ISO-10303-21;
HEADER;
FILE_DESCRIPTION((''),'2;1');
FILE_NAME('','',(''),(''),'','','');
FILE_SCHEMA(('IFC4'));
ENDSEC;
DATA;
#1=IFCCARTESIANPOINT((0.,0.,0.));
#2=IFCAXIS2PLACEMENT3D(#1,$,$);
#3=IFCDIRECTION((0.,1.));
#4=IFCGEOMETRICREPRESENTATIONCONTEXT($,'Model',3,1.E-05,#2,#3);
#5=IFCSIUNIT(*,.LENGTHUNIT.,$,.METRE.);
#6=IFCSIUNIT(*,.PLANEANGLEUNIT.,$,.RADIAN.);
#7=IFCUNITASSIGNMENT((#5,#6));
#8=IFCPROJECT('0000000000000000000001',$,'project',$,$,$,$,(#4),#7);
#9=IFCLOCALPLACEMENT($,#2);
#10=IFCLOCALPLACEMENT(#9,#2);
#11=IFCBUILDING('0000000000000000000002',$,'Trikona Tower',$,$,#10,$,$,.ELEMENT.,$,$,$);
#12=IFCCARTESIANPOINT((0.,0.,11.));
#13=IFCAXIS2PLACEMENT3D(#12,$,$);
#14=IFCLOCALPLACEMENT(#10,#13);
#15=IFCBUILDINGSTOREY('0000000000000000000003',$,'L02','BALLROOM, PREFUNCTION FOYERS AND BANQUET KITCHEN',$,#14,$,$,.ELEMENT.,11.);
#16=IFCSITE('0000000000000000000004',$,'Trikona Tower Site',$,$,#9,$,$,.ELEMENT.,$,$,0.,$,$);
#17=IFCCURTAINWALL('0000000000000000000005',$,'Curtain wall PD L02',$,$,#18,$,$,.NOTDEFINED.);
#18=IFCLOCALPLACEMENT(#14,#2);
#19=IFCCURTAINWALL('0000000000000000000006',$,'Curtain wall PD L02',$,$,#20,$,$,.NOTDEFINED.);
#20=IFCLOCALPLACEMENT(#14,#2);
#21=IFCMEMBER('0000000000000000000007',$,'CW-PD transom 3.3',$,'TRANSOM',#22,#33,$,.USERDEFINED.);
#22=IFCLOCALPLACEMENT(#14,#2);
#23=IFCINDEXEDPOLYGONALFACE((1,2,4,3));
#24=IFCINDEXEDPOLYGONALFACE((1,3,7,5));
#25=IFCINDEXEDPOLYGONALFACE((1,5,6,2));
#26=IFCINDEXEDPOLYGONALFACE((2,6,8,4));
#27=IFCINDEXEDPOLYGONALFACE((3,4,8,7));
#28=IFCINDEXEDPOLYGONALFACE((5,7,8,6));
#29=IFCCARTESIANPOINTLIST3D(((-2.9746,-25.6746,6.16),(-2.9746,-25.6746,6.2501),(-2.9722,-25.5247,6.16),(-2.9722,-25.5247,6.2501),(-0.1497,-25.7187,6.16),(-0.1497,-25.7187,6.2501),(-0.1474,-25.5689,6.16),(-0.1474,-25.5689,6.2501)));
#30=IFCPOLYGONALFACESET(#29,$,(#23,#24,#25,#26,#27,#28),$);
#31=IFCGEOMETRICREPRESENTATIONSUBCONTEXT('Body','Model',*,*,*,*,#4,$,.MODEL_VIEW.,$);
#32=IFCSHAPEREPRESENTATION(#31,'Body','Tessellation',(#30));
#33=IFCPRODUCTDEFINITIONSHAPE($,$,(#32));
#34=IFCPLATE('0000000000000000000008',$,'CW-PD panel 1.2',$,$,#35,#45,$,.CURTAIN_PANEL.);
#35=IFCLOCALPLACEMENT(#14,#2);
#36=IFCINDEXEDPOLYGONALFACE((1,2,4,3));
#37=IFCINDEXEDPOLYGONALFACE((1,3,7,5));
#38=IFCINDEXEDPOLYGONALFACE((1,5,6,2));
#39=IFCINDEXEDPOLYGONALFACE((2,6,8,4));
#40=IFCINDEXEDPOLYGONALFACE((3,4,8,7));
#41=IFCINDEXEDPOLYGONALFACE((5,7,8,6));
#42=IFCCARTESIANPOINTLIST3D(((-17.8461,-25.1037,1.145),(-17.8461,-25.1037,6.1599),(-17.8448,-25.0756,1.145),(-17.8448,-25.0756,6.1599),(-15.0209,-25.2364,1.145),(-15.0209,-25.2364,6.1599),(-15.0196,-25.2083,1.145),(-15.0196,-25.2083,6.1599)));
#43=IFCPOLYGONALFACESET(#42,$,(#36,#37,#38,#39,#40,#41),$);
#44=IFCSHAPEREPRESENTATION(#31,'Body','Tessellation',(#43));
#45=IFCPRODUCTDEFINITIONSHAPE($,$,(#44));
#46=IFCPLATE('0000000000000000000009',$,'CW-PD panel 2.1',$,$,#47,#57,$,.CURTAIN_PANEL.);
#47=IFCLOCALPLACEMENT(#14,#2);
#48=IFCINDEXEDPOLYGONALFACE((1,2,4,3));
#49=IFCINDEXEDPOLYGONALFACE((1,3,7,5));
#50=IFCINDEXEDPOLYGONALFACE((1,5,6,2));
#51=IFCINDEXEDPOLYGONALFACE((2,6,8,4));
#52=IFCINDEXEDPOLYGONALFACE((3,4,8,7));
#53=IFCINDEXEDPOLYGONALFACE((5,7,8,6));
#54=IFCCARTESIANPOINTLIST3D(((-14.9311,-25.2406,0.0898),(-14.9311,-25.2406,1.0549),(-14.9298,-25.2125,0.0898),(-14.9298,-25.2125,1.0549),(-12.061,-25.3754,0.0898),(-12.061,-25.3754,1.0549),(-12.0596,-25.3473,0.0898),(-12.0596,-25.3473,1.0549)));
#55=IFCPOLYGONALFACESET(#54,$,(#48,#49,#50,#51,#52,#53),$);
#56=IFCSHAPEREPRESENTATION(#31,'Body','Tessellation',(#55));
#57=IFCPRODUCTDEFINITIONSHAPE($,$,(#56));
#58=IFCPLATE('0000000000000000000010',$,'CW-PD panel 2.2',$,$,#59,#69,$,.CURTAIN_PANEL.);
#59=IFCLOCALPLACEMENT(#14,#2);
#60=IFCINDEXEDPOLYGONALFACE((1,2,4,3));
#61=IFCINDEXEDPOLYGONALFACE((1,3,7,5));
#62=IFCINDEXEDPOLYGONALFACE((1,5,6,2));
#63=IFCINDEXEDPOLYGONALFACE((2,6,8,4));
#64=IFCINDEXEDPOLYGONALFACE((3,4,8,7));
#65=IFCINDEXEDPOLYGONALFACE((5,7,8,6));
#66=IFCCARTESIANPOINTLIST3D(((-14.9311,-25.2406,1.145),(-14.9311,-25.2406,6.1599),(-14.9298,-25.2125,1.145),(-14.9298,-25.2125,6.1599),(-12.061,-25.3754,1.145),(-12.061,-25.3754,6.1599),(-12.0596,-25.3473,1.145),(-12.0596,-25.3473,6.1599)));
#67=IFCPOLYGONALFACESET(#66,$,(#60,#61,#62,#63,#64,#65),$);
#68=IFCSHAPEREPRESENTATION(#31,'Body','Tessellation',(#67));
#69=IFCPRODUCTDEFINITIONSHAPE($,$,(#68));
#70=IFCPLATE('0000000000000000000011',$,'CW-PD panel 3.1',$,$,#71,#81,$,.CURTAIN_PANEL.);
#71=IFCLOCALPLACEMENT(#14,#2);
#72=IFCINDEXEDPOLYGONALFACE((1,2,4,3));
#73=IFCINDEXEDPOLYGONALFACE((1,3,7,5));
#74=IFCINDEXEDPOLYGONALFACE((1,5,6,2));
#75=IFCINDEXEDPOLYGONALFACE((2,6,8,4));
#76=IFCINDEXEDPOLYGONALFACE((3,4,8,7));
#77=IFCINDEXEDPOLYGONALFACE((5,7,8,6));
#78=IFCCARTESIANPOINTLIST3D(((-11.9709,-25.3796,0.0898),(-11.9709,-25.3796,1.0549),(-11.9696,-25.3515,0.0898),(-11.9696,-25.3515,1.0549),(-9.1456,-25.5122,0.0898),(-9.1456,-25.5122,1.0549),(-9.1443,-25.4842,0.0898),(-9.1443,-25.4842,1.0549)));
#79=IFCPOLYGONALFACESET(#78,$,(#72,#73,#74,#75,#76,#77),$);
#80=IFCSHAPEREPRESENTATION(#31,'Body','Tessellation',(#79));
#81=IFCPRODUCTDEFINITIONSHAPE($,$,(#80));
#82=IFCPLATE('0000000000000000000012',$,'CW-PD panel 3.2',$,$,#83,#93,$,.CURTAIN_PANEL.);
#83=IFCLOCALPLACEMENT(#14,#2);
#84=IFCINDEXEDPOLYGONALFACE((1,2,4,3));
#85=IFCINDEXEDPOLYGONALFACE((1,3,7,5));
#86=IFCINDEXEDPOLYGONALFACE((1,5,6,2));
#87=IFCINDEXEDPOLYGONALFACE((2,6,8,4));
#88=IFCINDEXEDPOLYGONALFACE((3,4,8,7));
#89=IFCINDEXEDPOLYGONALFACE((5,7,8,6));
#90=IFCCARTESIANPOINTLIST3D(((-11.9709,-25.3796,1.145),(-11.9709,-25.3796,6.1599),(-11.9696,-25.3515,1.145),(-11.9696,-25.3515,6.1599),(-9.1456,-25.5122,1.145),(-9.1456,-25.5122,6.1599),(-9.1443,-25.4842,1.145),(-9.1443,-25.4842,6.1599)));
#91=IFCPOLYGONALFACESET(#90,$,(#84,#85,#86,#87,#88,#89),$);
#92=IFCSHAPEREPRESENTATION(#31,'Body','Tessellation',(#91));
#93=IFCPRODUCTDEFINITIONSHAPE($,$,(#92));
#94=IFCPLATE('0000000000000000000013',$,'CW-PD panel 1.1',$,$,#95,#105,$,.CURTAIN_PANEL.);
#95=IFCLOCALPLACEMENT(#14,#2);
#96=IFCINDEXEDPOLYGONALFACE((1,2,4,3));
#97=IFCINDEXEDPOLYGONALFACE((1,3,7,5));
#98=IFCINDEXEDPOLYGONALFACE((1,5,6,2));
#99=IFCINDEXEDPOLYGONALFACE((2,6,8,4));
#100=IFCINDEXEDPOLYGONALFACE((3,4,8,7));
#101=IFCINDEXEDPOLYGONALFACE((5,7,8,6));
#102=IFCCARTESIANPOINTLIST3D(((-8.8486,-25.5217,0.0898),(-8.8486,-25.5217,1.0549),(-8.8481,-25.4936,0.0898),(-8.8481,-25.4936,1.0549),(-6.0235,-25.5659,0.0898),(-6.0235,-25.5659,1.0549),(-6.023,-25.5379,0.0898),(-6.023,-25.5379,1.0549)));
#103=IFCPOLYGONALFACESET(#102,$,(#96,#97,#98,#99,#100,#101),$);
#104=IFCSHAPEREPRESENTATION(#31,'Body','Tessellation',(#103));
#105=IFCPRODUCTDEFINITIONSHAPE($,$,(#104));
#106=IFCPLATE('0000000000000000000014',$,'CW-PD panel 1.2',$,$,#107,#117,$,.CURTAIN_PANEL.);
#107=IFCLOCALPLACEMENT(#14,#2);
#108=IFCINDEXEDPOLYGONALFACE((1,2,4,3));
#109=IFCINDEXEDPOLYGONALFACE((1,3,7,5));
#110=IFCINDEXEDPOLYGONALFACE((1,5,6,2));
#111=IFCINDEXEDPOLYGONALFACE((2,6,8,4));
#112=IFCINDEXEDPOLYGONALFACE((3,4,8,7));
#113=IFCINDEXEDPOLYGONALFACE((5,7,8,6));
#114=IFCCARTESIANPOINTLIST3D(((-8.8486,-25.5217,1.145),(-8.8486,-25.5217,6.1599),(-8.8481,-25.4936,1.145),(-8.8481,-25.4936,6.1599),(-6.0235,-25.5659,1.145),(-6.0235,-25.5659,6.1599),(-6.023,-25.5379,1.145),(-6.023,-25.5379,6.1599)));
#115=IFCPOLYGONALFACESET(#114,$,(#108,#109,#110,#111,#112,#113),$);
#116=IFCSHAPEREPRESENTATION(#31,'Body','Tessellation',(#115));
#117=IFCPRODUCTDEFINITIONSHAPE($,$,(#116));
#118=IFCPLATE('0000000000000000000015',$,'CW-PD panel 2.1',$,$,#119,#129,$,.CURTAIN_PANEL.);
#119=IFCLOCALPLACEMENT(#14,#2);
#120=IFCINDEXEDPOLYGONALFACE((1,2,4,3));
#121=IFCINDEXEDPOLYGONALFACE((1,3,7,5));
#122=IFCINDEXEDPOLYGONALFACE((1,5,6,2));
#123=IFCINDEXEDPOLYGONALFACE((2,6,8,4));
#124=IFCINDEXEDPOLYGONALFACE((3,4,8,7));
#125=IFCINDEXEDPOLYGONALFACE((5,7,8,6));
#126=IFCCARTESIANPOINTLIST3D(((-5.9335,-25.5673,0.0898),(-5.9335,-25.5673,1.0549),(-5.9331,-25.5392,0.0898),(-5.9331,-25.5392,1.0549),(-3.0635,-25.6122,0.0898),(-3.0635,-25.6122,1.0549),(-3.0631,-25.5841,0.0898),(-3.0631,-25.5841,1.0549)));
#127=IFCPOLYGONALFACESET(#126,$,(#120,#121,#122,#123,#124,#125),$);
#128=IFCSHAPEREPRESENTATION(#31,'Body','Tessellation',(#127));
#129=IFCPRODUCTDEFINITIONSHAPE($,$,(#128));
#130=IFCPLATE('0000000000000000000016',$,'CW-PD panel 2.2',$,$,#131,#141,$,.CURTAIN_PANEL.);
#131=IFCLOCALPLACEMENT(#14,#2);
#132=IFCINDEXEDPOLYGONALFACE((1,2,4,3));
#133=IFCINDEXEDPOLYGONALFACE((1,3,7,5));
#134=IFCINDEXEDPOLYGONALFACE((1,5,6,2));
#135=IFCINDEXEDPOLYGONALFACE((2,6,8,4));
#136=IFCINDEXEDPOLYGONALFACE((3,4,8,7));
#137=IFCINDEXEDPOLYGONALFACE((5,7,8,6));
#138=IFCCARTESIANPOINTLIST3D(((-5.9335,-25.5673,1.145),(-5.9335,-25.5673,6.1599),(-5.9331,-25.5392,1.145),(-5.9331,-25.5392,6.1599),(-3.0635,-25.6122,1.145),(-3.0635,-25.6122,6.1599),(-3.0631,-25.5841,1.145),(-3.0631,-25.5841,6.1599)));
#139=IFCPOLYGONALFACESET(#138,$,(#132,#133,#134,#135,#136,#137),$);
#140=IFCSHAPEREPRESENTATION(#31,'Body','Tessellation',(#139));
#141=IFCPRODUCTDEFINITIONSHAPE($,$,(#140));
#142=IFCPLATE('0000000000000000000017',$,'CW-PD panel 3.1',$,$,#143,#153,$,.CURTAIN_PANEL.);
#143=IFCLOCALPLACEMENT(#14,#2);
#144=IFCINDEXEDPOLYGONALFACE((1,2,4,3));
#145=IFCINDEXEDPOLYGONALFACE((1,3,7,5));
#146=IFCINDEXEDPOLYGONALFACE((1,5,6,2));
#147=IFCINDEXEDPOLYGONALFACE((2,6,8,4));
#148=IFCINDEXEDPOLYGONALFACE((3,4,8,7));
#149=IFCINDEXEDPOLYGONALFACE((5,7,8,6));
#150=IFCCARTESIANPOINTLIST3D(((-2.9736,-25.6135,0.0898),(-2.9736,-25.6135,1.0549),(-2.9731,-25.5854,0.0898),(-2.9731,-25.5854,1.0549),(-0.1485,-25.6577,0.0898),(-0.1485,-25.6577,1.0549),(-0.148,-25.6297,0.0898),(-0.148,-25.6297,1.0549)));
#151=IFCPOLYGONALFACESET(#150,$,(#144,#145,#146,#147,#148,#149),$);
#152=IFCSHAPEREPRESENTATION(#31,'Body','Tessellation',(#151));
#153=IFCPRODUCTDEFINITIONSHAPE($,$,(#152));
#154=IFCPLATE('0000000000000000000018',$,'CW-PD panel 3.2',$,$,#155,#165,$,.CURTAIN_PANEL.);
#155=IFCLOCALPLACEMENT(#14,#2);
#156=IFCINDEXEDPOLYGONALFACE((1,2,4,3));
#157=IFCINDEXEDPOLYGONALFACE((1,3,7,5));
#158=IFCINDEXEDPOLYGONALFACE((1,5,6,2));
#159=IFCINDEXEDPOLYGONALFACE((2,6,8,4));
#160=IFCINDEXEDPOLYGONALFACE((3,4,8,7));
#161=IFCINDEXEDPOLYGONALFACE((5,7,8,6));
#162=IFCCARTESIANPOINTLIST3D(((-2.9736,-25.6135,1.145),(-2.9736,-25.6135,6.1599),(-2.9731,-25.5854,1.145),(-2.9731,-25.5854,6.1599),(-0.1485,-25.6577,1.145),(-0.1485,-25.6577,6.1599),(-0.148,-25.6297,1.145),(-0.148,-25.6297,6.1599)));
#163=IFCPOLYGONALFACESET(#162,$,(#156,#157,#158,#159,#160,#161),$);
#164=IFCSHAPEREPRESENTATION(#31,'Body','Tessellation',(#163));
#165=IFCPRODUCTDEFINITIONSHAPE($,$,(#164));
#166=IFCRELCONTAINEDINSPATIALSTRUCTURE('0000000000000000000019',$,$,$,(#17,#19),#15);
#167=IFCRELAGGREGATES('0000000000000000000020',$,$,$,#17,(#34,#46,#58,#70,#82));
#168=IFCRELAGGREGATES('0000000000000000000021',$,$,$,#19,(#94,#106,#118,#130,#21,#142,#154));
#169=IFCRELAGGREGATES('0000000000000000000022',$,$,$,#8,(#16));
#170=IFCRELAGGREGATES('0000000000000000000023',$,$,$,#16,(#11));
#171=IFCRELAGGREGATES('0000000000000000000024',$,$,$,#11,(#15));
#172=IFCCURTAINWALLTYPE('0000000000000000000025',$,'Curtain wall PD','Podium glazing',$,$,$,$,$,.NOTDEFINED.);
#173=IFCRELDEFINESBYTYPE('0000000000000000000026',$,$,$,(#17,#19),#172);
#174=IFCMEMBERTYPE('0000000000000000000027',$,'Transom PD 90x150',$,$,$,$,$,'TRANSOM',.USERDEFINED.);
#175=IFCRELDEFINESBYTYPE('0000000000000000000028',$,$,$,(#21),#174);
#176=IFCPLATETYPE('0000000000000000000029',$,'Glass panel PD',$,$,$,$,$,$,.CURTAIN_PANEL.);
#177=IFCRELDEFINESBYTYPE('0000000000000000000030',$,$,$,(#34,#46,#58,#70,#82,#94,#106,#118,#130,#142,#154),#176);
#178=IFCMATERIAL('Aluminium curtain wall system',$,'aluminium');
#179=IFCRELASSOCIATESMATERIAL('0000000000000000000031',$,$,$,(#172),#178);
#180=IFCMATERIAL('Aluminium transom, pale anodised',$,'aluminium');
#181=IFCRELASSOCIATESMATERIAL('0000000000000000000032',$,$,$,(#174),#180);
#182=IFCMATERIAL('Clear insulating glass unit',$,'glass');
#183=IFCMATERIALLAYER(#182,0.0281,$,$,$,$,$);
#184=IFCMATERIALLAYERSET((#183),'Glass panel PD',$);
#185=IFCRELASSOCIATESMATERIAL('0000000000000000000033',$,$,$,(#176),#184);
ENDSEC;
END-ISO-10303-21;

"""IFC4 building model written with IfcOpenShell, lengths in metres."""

from ifc_helpers import new_model, si_unit, direction, frame, origin, origin_2d, place, context, subcontext, project, spatial, rectangle, extrude, material, layer, layer_set, material_profile, profile_set, type_object, element, aggregate, save


model = new_model("IFC4")

# Units and contexts
model_context = context("Model", 3, precision=1e-05, world=origin(), true_north=direction((0.0, 1.0)))
body_context = subcontext(model_context, "Body", "Model", "MODEL_VIEW")
ifc_project = project(units=[si_unit("LENGTHUNIT", "METRE"), si_unit("PLANEANGLEUNIT", "RADIAN")], contexts=[model_context])

# Site, building, storey
site_placement = place(None, origin())
site = spatial("IfcSite", under=ifc_project, at=site_placement, Name="Trikona Tower Site", CompositionType="ELEMENT", RefElevation=0.0)
building_placement = place(site_placement, origin())
building = spatial("IfcBuilding", under=site, at=building_placement, Name="Trikona Tower", CompositionType="ELEMENT")
storey_placement = place(building_placement, frame((0.0, 0.0, 11.0)))
storey = spatial("IfcBuildingStorey", under=building, at=storey_placement, Name="L02", Description="BALLROOM, PREFUNCTION FOYERS AND BANQUET KITCHEN", CompositionType="ELEMENT", Elevation=11.0)

# Curtain walls
ifc_material_1 = material(Name="Aluminium curtain wall system", Category="aluminium")
curtain_wall_type = type_object("IfcCurtainWallType", Name="Curtain wall PD", Description="Podium glazing", PredefinedType="NOTDEFINED", material=ifc_material_1)
curtain_wall_1_placement = place(storey_placement, origin())
curtain_wall_1 = element("IfcCurtainWall", 1, at=curtain_wall_1_placement, inside=storey, type_object=curtain_wall_type, Name="Curtain wall PD L02", PredefinedType="NOTDEFINED")
curtain_wall_2_placement = place(storey_placement, origin())
curtain_wall_2 = element("IfcCurtainWall", 2, at=curtain_wall_2_placement, inside=storey, type_object=curtain_wall_type, Name="Curtain wall PD L02", PredefinedType="NOTDEFINED")

# Member
ifc_material_2 = material(Name="Aluminium transom, pale anodised", Category="aluminium")
ifc_material_profile_1 = material_profile(ifc_material_2, rectangle(XDim=0.1499, YDim=0.0901, at=origin_2d()), Name="TRN-PD")
ifc_profile_set_1 = profile_set([ifc_material_profile_1], Name="Aluminium transom, pale anodised")
member_type_1 = type_object("IfcMemberType", Name="Transom PD 90x150", ElementType="TRANSOM", PredefinedType="USERDEFINED", material=ifc_profile_set_1)
member_1_placement = place(storey_placement, frame((-2.9734, -25.5996, 6.2051), z_axis=(0.999878, -0.015641, 0.0), x_axis=(0.015641, 0.999878, 0.0)))
member_1 = element("IfcMember", 3, at=member_1_placement, type_object=member_type_1, Name="CW-PD transom 3.3", ObjectType="TRANSOM", PredefinedType="USERDEFINED", context=body_context, shape_type="SweptSolid", body=[
    extrude(rectangle(XDim=0.1499, YDim=0.0901, at=origin_2d()), origin(), (0.0, 0.0, 1.0), 2.8252),
])

# Plates
ifc_material_3 = material(Name="Clear insulating glass unit", Category="glass")
ifc_layer = layer(ifc_material_3, 0.0281)
ifc_layer_set = layer_set([ifc_layer], Name="Glass panel PD")
plate_type = type_object("IfcPlateType", Name="Glass panel PD", PredefinedType="CURTAIN_PANEL", material=ifc_layer_set)
plate_1_placement = place(storey_placement, frame((-16.4329, -25.156, 1.145), z_axis=(0.0, 0.0, 1.0), x_axis=(0.998899, -0.046907, 0.0)))
plate_1 = element("IfcPlate", 4, at=plate_1_placement, type_object=plate_type, Name="CW-PD panel 1.2", PredefinedType="CURTAIN_PANEL", context=body_context, shape_type="SweptSolid", body=[
    extrude(rectangle(XDim=2.8284, YDim=0.0281, at=origin_2d()), origin(), (0.0, 0.0, 1.0), 5.0149),
])
plate_2_placement = place(storey_placement, frame((-13.4954, -25.2939, 0.0898), z_axis=(0.0, 0.0, 1.0), x_axis=(0.998899, -0.046907, 0.0)))
plate_2 = element("IfcPlate", 5, at=plate_2_placement, type_object=plate_type, Name="CW-PD panel 2.1", PredefinedType="CURTAIN_PANEL", context=body_context, shape_type="SweptSolid", body=[
    extrude(rectangle(XDim=2.8733, YDim=0.0281, at=origin_2d()), origin(), (0.0, 0.0, 1.0), 0.9651),
])
plate_3_placement = place(storey_placement, frame((-13.4954, -25.2939, 1.145), z_axis=(0.0, 0.0, 1.0), x_axis=(0.998899, -0.046907, 0.0)))
plate_3 = element("IfcPlate", 6, at=plate_3_placement, type_object=plate_type, Name="CW-PD panel 2.2", PredefinedType="CURTAIN_PANEL", context=body_context, shape_type="SweptSolid", body=[
    extrude(rectangle(XDim=2.8733, YDim=0.0281, at=origin_2d()), origin(), (0.0, 0.0, 1.0), 5.0149),
])
plate_4_placement = place(storey_placement, frame((-10.5576, -25.4319, 0.0898), z_axis=(0.0, 0.0, 1.0), x_axis=(0.998899, -0.046907, 0.0)))
plate_4 = element("IfcPlate", 7, at=plate_4_placement, type_object=plate_type, Name="CW-PD panel 3.1", PredefinedType="CURTAIN_PANEL", context=body_context, shape_type="SweptSolid", body=[
    extrude(rectangle(XDim=2.8284, YDim=0.0281, at=origin_2d()), origin(), (0.0, 0.0, 1.0), 0.9651),
])
plate_5_placement = place(storey_placement, frame((-10.5576, -25.4319, 1.145), z_axis=(0.0, 0.0, 1.0), x_axis=(0.998899, -0.046907, 0.0)))
plate_5 = element("IfcPlate", 8, at=plate_5_placement, type_object=plate_type, Name="CW-PD panel 3.2", PredefinedType="CURTAIN_PANEL", context=body_context, shape_type="SweptSolid", body=[
    extrude(rectangle(XDim=2.8284, YDim=0.0281, at=origin_2d()), origin(), (0.0, 0.0, 1.0), 5.0149),
])
aggregate(curtain_wall_1, [plate_1, plate_2, plate_3, plate_4, plate_5])
plate_6_placement = place(storey_placement, frame((-7.4358, -25.5298, 0.0898), z_axis=(0.0, 0.0, 1.0), x_axis=(0.999878, -0.015651, 0.0)))
plate_6 = element("IfcPlate", 9, at=plate_6_placement, type_object=plate_type, Name="CW-PD panel 1.1", PredefinedType="CURTAIN_PANEL", context=body_context, shape_type="SweptSolid", body=[
    extrude(rectangle(XDim=2.8254, YDim=0.0281, at=origin_2d()), origin(), (0.0, 0.0, 1.0), 0.9651),
])
plate_7_placement = place(storey_placement, frame((-7.4358, -25.5298, 1.145), z_axis=(0.0, 0.0, 1.0), x_axis=(0.999878, -0.015651, 0.0)))
plate_7 = element("IfcPlate", 10, at=plate_7_placement, type_object=plate_type, Name="CW-PD panel 1.2", PredefinedType="CURTAIN_PANEL", context=body_context, shape_type="SweptSolid", body=[
    extrude(rectangle(XDim=2.8254, YDim=0.0281, at=origin_2d()), origin(), (0.0, 0.0, 1.0), 5.0149),
])
plate_8_placement = place(storey_placement, frame((-4.4983, -25.5757, 0.0898), z_axis=(0.0, 0.0, 1.0), x_axis=(0.999878, -0.015651, 0.0)))
plate_8 = element("IfcPlate", 11, at=plate_8_placement, type_object=plate_type, Name="CW-PD panel 2.1", PredefinedType="CURTAIN_PANEL", context=body_context, shape_type="SweptSolid", body=[
    extrude(rectangle(XDim=2.8704, YDim=0.0281, at=origin_2d()), origin(), (0.0, 0.0, 1.0), 0.9651),
])
plate_9_placement = place(storey_placement, frame((-4.4983, -25.5757, 1.145), z_axis=(0.0, 0.0, 1.0), x_axis=(0.999878, -0.015651, 0.0)))
plate_9 = element("IfcPlate", 12, at=plate_9_placement, type_object=plate_type, Name="CW-PD panel 2.2", PredefinedType="CURTAIN_PANEL", context=body_context, shape_type="SweptSolid", body=[
    extrude(rectangle(XDim=2.8704, YDim=0.0281, at=origin_2d()), origin(), (0.0, 0.0, 1.0), 5.0149),
])
plate_10_placement = place(storey_placement, frame((-1.5608, -25.6216, 0.0898), z_axis=(0.0, 0.0, 1.0), x_axis=(0.999878, -0.015651, 0.0)))
plate_10 = element("IfcPlate", 13, at=plate_10_placement, type_object=plate_type, Name="CW-PD panel 3.1", PredefinedType="CURTAIN_PANEL", context=body_context, shape_type="SweptSolid", body=[
    extrude(rectangle(XDim=2.8254, YDim=0.0281, at=origin_2d()), origin(), (0.0, 0.0, 1.0), 0.9651),
])
plate_11_placement = place(storey_placement, frame((-1.5608, -25.6216, 1.145), z_axis=(0.0, 0.0, 1.0), x_axis=(0.999878, -0.015651, 0.0)))
plate_11 = element("IfcPlate", 14, at=plate_11_placement, type_object=plate_type, Name="CW-PD panel 3.2", PredefinedType="CURTAIN_PANEL", context=body_context, shape_type="SweptSolid", body=[
    extrude(rectangle(XDim=2.8254, YDim=0.0281, at=origin_2d()), origin(), (0.0, 0.0, 1.0), 5.0149),
])
aggregate(curtain_wall_2, [plate_6, plate_7, plate_8, plate_9, member_1, plate_10, plate_11])

save(model, "model.ifc")
